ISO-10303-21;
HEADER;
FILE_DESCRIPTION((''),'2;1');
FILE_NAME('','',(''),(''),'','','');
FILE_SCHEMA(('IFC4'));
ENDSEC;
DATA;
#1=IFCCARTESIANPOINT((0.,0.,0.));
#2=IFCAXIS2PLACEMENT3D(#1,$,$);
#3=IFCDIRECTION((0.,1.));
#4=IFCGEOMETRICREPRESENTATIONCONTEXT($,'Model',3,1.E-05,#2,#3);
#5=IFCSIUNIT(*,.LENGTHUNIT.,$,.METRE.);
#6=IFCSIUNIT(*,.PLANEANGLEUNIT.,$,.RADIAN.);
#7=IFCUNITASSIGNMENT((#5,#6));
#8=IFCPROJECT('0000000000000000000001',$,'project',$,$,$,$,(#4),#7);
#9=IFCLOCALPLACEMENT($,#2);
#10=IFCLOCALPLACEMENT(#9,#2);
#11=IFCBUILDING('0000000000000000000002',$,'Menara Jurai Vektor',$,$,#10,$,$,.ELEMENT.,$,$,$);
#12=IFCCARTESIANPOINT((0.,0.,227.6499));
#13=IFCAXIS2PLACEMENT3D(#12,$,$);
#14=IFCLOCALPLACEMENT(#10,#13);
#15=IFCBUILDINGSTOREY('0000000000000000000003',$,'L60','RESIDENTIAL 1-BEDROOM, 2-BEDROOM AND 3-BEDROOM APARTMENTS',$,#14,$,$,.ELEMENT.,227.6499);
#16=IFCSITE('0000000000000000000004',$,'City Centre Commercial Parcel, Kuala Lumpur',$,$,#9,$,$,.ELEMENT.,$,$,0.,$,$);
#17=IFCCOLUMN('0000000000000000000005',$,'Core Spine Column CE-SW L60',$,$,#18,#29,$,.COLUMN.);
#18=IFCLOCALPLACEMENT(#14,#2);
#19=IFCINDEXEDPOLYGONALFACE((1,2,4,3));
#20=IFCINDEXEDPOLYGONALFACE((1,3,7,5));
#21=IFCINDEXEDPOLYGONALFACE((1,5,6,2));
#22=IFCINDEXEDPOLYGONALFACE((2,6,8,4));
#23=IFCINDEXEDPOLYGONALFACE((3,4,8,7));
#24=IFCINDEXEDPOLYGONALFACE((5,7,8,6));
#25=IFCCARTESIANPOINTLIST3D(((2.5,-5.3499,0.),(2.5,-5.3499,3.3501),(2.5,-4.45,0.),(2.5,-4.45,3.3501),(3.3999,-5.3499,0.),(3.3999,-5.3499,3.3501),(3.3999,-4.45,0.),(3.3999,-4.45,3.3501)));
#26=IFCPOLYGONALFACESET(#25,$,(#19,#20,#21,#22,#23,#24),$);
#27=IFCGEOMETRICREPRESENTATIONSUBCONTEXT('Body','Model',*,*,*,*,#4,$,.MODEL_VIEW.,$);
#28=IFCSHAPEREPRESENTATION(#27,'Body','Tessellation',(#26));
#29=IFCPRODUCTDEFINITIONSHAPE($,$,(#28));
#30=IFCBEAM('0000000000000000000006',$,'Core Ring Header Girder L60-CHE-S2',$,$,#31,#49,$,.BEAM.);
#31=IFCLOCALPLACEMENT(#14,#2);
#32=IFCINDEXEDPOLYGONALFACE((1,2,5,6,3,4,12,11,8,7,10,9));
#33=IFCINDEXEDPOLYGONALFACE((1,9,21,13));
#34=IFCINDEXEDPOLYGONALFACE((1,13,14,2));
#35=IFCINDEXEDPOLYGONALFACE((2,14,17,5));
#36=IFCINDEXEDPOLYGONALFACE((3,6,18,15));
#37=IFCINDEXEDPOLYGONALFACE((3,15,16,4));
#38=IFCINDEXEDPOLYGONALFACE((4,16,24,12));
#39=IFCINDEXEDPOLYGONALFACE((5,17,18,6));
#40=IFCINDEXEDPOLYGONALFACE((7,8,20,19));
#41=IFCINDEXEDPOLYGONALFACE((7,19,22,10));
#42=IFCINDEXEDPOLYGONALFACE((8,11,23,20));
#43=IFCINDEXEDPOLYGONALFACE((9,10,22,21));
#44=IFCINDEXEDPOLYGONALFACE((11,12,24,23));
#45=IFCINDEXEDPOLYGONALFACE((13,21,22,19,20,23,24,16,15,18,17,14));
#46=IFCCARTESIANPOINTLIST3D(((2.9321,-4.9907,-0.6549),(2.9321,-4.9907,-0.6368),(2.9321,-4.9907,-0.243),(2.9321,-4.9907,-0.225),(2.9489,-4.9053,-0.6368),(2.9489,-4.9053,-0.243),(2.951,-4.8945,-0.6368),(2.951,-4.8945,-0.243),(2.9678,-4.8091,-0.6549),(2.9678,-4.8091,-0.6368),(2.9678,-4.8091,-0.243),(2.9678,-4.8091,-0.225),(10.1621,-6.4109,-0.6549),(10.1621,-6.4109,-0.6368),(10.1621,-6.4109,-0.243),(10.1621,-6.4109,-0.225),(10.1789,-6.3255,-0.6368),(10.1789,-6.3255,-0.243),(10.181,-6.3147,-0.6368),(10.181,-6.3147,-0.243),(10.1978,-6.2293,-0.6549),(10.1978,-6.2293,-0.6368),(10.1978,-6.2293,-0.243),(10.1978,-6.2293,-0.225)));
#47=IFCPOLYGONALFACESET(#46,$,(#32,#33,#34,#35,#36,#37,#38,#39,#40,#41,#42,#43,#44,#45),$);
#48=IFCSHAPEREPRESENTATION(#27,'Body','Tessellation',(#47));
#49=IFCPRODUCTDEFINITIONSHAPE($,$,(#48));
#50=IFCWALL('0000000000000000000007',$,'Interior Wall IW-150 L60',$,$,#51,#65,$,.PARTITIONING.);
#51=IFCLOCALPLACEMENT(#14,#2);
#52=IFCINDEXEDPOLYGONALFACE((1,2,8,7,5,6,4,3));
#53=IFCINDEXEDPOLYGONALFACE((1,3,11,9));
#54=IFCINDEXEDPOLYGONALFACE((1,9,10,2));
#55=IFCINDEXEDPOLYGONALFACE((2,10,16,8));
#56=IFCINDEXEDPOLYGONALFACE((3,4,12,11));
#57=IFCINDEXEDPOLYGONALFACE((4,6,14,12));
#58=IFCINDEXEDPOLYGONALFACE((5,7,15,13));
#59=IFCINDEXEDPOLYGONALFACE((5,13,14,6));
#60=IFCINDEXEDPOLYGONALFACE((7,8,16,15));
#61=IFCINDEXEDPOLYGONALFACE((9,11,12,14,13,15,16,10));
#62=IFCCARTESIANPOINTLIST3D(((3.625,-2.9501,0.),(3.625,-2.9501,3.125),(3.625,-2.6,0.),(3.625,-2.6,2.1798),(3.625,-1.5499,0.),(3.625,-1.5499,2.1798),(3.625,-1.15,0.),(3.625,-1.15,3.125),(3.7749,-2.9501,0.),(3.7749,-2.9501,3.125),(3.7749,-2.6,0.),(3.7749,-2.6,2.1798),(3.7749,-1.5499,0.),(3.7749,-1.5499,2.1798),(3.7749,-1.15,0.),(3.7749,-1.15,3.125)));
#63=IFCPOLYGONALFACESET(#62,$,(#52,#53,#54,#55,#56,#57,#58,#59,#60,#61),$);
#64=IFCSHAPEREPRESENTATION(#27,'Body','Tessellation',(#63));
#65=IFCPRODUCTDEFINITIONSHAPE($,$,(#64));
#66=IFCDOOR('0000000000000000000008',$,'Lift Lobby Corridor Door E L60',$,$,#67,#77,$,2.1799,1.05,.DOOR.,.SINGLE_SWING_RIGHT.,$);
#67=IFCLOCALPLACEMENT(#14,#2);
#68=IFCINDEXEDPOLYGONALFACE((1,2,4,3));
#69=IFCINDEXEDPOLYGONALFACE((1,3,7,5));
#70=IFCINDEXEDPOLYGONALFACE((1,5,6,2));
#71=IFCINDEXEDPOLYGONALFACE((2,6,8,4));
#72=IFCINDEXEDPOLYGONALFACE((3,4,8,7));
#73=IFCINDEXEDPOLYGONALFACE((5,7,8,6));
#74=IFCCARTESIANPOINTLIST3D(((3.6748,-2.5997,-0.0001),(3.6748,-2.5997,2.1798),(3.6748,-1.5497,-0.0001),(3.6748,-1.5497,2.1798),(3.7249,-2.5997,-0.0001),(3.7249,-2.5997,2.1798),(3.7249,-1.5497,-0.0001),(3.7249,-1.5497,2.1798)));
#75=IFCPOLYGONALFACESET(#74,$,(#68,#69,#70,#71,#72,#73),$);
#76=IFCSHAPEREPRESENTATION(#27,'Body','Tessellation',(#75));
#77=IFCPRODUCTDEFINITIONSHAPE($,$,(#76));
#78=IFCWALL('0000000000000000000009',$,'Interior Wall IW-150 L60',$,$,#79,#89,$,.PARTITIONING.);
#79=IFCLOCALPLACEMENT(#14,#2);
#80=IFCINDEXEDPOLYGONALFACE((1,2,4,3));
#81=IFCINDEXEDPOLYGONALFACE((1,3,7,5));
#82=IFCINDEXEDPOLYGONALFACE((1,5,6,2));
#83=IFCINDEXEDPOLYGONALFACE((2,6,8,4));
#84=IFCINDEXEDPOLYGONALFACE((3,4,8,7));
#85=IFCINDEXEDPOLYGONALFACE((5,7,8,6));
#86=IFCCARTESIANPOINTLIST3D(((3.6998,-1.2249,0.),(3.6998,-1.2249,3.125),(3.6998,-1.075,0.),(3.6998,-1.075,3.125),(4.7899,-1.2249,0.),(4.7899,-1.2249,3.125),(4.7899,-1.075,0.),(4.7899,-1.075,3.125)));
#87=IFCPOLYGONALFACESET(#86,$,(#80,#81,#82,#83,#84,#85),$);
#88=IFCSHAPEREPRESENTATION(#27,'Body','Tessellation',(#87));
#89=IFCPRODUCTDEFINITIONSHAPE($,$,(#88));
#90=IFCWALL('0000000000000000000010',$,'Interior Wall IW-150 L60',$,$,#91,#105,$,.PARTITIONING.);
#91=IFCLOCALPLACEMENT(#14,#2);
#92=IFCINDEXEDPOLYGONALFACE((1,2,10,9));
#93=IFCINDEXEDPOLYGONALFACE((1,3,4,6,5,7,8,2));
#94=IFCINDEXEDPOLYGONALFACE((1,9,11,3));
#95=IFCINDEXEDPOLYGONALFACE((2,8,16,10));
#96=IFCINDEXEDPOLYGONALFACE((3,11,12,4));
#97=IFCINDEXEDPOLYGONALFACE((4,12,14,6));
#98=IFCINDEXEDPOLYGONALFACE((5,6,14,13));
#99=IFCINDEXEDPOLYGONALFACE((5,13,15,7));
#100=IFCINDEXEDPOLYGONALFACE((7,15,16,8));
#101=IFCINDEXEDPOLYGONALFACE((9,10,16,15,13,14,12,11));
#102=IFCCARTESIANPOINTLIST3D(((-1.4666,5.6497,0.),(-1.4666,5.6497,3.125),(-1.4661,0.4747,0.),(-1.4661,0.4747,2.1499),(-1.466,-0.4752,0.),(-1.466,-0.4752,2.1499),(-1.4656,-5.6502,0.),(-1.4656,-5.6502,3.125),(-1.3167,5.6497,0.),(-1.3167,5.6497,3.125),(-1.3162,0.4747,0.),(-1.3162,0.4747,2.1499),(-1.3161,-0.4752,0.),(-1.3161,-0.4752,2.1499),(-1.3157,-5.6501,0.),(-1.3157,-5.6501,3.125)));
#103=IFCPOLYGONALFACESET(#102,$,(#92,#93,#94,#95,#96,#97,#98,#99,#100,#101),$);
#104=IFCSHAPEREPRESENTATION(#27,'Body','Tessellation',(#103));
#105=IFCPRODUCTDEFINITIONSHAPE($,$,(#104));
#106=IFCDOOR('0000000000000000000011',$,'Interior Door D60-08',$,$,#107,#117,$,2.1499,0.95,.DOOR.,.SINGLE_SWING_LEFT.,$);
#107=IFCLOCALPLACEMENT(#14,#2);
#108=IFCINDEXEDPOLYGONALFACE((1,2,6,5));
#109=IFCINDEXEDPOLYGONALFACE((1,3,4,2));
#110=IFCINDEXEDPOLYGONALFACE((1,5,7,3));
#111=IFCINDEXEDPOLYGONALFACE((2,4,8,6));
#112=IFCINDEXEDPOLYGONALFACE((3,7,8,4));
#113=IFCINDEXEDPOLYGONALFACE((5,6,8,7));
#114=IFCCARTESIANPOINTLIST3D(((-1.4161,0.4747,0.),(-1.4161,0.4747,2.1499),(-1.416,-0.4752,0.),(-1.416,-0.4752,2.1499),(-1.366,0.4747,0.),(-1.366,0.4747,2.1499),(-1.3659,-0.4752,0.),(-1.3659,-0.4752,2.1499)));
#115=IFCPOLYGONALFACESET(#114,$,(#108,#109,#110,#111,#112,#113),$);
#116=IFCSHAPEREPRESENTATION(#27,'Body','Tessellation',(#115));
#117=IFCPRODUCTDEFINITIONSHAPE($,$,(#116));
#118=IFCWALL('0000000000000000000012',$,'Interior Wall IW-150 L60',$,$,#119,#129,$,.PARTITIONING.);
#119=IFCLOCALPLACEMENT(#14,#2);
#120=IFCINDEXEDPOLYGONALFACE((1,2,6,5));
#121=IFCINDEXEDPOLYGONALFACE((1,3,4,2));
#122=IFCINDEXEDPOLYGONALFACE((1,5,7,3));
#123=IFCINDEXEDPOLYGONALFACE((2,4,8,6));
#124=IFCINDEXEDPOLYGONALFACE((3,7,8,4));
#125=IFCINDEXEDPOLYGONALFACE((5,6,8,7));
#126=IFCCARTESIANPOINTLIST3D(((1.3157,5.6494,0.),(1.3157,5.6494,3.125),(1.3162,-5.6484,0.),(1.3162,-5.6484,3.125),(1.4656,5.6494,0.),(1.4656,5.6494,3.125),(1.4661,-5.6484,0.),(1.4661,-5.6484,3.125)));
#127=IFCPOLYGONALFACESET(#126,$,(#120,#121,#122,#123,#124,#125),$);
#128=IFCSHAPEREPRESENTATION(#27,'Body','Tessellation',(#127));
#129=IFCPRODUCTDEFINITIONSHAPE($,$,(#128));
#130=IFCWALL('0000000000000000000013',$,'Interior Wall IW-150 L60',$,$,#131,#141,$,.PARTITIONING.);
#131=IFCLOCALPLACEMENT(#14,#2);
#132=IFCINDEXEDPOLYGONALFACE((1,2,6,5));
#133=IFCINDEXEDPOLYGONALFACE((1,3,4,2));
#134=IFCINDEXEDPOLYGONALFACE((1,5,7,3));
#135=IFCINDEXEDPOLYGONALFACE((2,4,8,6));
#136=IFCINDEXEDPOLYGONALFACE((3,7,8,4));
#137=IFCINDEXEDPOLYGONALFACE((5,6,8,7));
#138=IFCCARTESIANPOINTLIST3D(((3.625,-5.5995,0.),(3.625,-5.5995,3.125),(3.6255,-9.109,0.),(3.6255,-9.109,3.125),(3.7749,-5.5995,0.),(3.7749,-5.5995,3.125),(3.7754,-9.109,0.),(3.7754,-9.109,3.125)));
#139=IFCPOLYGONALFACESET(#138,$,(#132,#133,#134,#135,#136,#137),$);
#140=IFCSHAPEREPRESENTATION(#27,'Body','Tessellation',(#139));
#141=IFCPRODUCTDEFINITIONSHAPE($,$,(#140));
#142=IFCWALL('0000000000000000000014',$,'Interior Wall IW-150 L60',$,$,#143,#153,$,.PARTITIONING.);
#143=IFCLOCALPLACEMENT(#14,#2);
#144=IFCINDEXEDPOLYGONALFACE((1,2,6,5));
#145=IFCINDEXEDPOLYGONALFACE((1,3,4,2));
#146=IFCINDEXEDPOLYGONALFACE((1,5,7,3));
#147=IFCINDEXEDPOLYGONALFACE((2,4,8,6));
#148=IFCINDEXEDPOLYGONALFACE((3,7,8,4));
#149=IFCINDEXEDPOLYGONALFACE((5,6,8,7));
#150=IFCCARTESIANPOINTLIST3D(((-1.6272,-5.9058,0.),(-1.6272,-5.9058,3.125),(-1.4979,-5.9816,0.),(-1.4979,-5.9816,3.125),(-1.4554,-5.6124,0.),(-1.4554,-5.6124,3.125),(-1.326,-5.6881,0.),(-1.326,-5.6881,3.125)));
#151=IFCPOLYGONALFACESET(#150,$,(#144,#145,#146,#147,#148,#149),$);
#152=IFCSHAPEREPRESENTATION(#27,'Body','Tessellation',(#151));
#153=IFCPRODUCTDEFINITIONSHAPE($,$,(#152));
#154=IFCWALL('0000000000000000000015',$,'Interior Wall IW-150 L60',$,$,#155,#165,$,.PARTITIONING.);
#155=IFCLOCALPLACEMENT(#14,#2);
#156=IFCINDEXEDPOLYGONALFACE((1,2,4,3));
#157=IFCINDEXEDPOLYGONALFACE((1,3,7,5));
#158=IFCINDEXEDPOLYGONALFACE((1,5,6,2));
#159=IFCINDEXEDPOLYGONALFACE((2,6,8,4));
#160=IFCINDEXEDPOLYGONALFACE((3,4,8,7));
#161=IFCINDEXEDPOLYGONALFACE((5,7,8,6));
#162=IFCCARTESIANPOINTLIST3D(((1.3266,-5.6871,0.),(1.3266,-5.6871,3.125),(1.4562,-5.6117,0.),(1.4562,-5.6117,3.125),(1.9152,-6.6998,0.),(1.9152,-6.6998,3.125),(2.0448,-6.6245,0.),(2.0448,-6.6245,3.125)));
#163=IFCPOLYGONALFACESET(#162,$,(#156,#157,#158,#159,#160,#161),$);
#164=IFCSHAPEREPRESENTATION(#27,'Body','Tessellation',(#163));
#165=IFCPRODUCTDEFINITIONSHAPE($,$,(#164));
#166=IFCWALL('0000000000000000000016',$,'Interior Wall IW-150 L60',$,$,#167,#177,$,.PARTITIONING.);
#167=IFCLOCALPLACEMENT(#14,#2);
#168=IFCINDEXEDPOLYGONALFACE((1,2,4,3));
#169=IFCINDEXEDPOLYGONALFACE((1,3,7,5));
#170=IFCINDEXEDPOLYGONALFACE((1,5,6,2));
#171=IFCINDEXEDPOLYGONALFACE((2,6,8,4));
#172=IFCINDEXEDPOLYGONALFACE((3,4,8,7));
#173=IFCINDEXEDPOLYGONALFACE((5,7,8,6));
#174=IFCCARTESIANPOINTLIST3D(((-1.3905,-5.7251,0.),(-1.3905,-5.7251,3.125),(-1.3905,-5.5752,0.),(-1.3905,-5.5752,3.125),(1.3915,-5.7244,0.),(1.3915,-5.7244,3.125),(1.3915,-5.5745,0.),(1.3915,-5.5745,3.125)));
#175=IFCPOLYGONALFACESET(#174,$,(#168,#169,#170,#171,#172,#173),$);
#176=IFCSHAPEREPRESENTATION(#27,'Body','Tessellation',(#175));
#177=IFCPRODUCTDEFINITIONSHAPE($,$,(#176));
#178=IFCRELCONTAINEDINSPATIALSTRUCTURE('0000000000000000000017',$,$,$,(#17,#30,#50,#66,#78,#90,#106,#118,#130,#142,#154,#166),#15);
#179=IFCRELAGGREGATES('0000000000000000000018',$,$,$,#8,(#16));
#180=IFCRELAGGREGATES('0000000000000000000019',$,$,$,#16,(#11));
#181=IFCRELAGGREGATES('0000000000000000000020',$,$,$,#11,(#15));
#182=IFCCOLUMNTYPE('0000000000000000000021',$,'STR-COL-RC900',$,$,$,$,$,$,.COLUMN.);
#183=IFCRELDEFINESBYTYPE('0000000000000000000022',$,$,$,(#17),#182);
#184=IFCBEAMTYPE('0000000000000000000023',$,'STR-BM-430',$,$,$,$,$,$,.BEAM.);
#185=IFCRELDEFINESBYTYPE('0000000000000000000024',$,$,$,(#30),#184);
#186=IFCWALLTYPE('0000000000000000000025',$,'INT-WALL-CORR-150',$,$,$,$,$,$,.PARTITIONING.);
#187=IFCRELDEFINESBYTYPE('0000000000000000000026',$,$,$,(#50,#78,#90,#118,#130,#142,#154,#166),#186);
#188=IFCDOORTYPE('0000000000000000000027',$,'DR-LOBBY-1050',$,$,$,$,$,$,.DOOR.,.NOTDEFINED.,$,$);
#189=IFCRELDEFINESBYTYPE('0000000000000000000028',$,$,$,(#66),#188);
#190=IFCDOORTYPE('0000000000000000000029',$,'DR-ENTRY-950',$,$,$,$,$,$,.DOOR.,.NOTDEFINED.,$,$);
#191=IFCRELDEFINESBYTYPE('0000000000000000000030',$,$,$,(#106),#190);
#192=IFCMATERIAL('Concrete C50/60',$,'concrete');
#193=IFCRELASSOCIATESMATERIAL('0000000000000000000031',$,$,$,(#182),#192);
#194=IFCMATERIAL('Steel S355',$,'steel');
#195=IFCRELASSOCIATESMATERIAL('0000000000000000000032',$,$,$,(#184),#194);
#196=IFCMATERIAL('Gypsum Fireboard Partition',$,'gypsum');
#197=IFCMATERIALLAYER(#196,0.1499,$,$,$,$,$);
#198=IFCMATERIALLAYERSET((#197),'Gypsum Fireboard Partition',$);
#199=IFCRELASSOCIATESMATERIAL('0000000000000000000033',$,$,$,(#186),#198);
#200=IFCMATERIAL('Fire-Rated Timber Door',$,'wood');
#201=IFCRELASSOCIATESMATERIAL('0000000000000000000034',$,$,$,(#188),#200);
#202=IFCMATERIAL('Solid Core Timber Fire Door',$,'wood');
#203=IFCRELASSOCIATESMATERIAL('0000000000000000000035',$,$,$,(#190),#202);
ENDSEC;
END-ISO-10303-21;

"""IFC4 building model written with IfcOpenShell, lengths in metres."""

from ifc_helpers import new_model, si_unit, direction, frame, frame_2d, origin, origin_2d, place, context, subcontext, project, spatial, rectangle, i_section, extrude, material, layer, layer_set, material_profile, profile_set, type_object, element, fill, save


model = new_model("IFC4")

# Units and contexts
model_context = context("Model", 3, precision=1e-05, world=origin(), true_north=direction((0.0, 1.0)))
body_context = subcontext(model_context, "Body", "Model", "MODEL_VIEW")
ifc_project = project(units=[si_unit("LENGTHUNIT", "METRE"), si_unit("PLANEANGLEUNIT", "RADIAN")], contexts=[model_context])

# Site, building, storey
site_placement = place(None, origin())
site = spatial("IfcSite", under=ifc_project, at=site_placement, Name="City Centre Commercial Parcel, Kuala Lumpur", CompositionType="ELEMENT", RefElevation=0.0)
building_placement = place(site_placement, origin())
building = spatial("IfcBuilding", under=site, at=building_placement, Name="Menara Jurai Vektor", CompositionType="ELEMENT")
storey_placement = place(building_placement, frame((0.0, 0.0, 227.6499)))
storey = spatial("IfcBuildingStorey", under=building, at=storey_placement, Name="L60", Description="RESIDENTIAL 1-BEDROOM, 2-BEDROOM AND 3-BEDROOM APARTMENTS", CompositionType="ELEMENT", Elevation=227.6499)

# Column
ifc_material_1 = material(Name="Concrete C50/60", Category="concrete")
ifc_material_profile_1 = material_profile(ifc_material_1, rectangle(XDim=0.8999, YDim=0.8999, at=origin_2d()), Name="RC 900x900")
ifc_profile_set_1 = profile_set([ifc_material_profile_1], Name="Concrete C50/60")
column_type = type_object("IfcColumnType", Name="STR-COL-RC900", PredefinedType="COLUMN", material=ifc_profile_set_1)
column_placement = place(storey_placement, frame((2.95, -4.8999, 0.0), z_axis=(0.0, 0.0, 1.0), x_axis=(1.0, 0.0, 0.0)))
element("IfcColumn", 1, at=column_placement, inside=storey, type_object=column_type, Name="Core Spine Column CE-SW L60", PredefinedType="COLUMN", context=body_context, shape_type="SweptSolid", body=[
    extrude(rectangle(XDim=0.8999, YDim=0.8999, at=origin_2d()), origin(), (0.0, 0.0, 1.0), 3.3501),
])

# Beam
ifc_material_2 = material(Name="Steel S355", Category="steel")
ifc_material_profile_2 = material_profile(ifc_material_2, i_section(OverallWidth=0.1851, OverallDepth=0.4299, WebThickness=0.011, FlangeThickness=0.0181, at=origin_2d()), Name="PG 430x185x76")
ifc_profile_set_2 = profile_set([ifc_material_profile_2], Name="Steel S355")
beam_type = type_object("IfcBeamType", Name="STR-BM-430", PredefinedType="BEAM", material=ifc_profile_set_2)
beam_placement = place(storey_placement, frame((2.95, -4.8999, -0.4399), z_axis=(0.981249, -0.192744, 0.0), x_axis=(0.192744, 0.981249, 0.0)))
element("IfcBeam", 2, at=beam_placement, inside=storey, type_object=beam_type, Name="Core Ring Header Girder L60-CHE-S2", PredefinedType="BEAM", context=body_context, shape_type="SweptSolid", body=[
    extrude(i_section(OverallWidth=0.1851, OverallDepth=0.4299, WebThickness=0.011, FlangeThickness=0.0181, at=origin_2d()), origin(), (0.0, 0.0, 1.0), 7.3682),
])

# Wall, opening, door
ifc_material_3 = material(Name="Gypsum Fireboard Partition", Category="gypsum")
ifc_layer_1 = layer(ifc_material_3, 0.1499)
ifc_layer_set_1 = layer_set([ifc_layer_1], Name="Gypsum Fireboard Partition")
wall_type_1 = type_object("IfcWallType", Name="INT-WALL-CORR-150", PredefinedType="PARTITIONING", material=ifc_layer_set_1)
wall_1_placement = place(storey_placement, frame((3.7, -2.95, 0.0), z_axis=(0.0, 0.0, 1.0), x_axis=(0.0, 1.0, 0.0)))
wall_1 = element("IfcWall", 3, at=wall_1_placement, inside=storey, type_object=wall_type_1, Name="Interior Wall IW-150 L60", PredefinedType="PARTITIONING", context=body_context, shape_type="SweptSolid", body=[
    extrude(rectangle(XDim=1.8, YDim=0.1499, at=frame_2d((0.8999, 0.0))), origin(), (0.0, 0.0, 1.0), 3.125),
])
opening_1_placement = place(wall_1_placement, frame((0.3501, 0.0, 0.0)))
opening_1 = element("IfcOpeningElement", 4, at=opening_1_placement, cuts=wall_1, PredefinedType="OPENING", context=body_context, shape_type="SweptSolid", body=[
    extrude(rectangle(XDim=1.05, YDim=2.1799, at=frame_2d((0.5249, 1.0898))), frame((0.0, 0.085, 0.0), z_axis=(0.0, -1.0, 0.0), x_axis=(1.0, 0.0, 0.0)), (0.0, 0.0, 1.0), 0.1699),
])
ifc_material_4 = material(Name="Fire-Rated Timber Door", Category="wood")
door_type_1 = type_object("IfcDoorType", Name="DR-LOBBY-1050", OperationType="NOTDEFINED", PredefinedType="DOOR", material=ifc_material_4)
door_1_placement = place(opening_1_placement, frame((1.05, 0.0, 0.0), z_axis=(0.0, 0.0, 1.0), x_axis=(-1.0, 0.0, 0.0)))
door_1 = element("IfcDoor", 5, at=door_1_placement, inside=storey, type_object=door_type_1, Name="Lift Lobby Corridor Door E L60", OperationType="SINGLE_SWING_RIGHT", OverallHeight=2.1799, OverallWidth=1.05, PredefinedType="DOOR", context=body_context, shape_type="SweptSolid", body=[
    extrude(rectangle(XDim=1.05, YDim=2.1799, at=frame_2d((0.5249, 1.0898))), frame((0.0, 0.0249, 0.0), z_axis=(0.0, -1.0, 0.0), x_axis=(1.0, 0.0, 0.0)), (0.0, 0.0, 1.0), 0.05),
])
fill(opening_1, door_1)

# Wall
wall_2_placement = place(storey_placement, frame((3.7, -1.1499, 0.0), z_axis=(0.0, 0.0, 1.0), x_axis=(1.0, 0.0, 0.0)))
element("IfcWall", 6, at=wall_2_placement, inside=storey, type_object=wall_type_1, Name="Interior Wall IW-150 L60", PredefinedType="PARTITIONING", context=body_context, shape_type="SweptSolid", body=[
    extrude(rectangle(XDim=1.0901, YDim=0.1499, at=frame_2d((0.5449, 0.0))), origin(), (0.0, 0.0, 1.0), 3.125),
])

# Wall, opening, door
wall_3_placement = place(storey_placement, frame((-1.3906, -5.6501, 0.0), z_axis=(0.0, 0.0, 1.0), x_axis=(-0.000086, 1.0, 0.0)))
wall_3 = element("IfcWall", 7, at=wall_3_placement, inside=storey, type_object=wall_type_1, Name="Interior Wall IW-150 L60", PredefinedType="PARTITIONING", context=body_context, shape_type="SweptSolid", body=[
    extrude(rectangle(XDim=11.2998, YDim=0.1499, at=frame_2d((5.6499, 0.0))), origin(), (0.0, 0.0, 1.0), 3.125),
])
opening_2_placement = place(wall_3_placement, frame((5.1748, 0.0, 0.0)))
opening_2 = element("IfcOpeningElement", 8, at=opening_2_placement, cuts=wall_3, PredefinedType="OPENING", context=body_context, shape_type="SweptSolid", body=[
    extrude(rectangle(XDim=0.95, YDim=2.1499, at=frame_2d((0.4751, 1.075))), frame((0.0, 0.085, 0.0), z_axis=(0.0, -1.0, 0.0), x_axis=(1.0, 0.0, 0.0)), (0.0, 0.0, 1.0), 0.1699),
])
ifc_material_5 = material(Name="Solid Core Timber Fire Door", Category="wood")
door_type_2 = type_object("IfcDoorType", Name="DR-ENTRY-950", OperationType="NOTDEFINED", PredefinedType="DOOR", material=ifc_material_5)
door_2_placement = place(opening_2_placement, origin())
door_2 = element("IfcDoor", 9, at=door_2_placement, inside=storey, type_object=door_type_2, Name="Interior Door D60-08", OperationType="SINGLE_SWING_LEFT", OverallHeight=2.1499, OverallWidth=0.95, PredefinedType="DOOR", context=body_context, shape_type="SweptSolid", body=[
    extrude(rectangle(XDim=0.95, YDim=2.1499, at=frame_2d((0.4751, 1.075))), frame((0.0, 0.0249, 0.0), z_axis=(0.0, -1.0, 0.0), x_axis=(1.0, 0.0, 0.0)), (0.0, 0.0, 1.0), 0.05),
])
fill(opening_2, door_2)

# Walls
wall_4_placement = place(storey_placement, frame((1.3911, -5.6484, 0.0), z_axis=(0.0, 0.0, 1.0), x_axis=(-0.000043, 1.0, 0.0)))
element("IfcWall", 10, at=wall_4_placement, inside=storey, type_object=wall_type_1, Name="Interior Wall IW-150 L60", PredefinedType="PARTITIONING", context=body_context, shape_type="SweptSolid", body=[
    extrude(rectangle(XDim=11.2979, YDim=0.1499, at=frame_2d((5.6489, 0.0))), origin(), (0.0, 0.0, 1.0), 3.125),
])
wall_5_placement = place(storey_placement, frame((3.7004, -9.1091, 0.0), z_axis=(0.0, 0.0, 1.0), x_axis=(-0.000139, 1.0, 0.0)))
element("IfcWall", 11, at=wall_5_placement, inside=storey, type_object=wall_type_1, Name="Interior Wall IW-150 L60", PredefinedType="PARTITIONING", context=body_context, shape_type="SweptSolid", body=[
    extrude(rectangle(XDim=3.5095, YDim=0.1499, at=frame_2d((1.7549, 0.0))), origin(), (0.0, 0.0, 1.0), 3.125),
])
wall_6_placement = place(storey_placement, frame((-1.5625, -5.9436, 0.0), z_axis=(0.0, 0.0, 1.0), x_axis=(0.505388, 0.862892, 0.0)))
element("IfcWall", 12, at=wall_6_placement, inside=storey, type_object=wall_type_1, Name="Interior Wall IW-150 L60", PredefinedType="PARTITIONING", context=body_context, shape_type="SweptSolid", body=[
    extrude(rectangle(XDim=0.3401, YDim=0.1499, at=frame_2d((0.1699, 0.0))), origin(), (0.0, 0.0, 1.0), 3.125),
])

# Walls
wall_7_placement = place(storey_placement, frame((1.3914, -5.6494, 0.0), z_axis=(0.0, 0.0, 1.0), x_axis=(0.502523, -0.864564, 0.0)))
element("IfcWall", 13, at=wall_7_placement, inside=storey, type_object=wall_type_1, Name="Interior Wall IW-150 L60", PredefinedType="PARTITIONING", context=body_context, shape_type="SweptSolid", body=[
    extrude(rectangle(XDim=1.1714, YDim=0.1499, at=frame_2d((0.5857, 0.0))), origin(), (0.0, 0.0, 1.0), 3.125),
])
wall_8_placement = place(storey_placement, frame((-1.3906, -5.6501, 0.0), z_axis=(0.0, 0.0, 1.0), x_axis=(1.0, 0.000263, 0.0)))
element("IfcWall", 14, at=wall_8_placement, inside=storey, type_object=wall_type_1, Name="Interior Wall IW-150 L60", PredefinedType="PARTITIONING", context=body_context, shape_type="SweptSolid", body=[
    extrude(rectangle(XDim=2.782, YDim=0.1499, at=frame_2d((1.3911, 0.0))), origin(), (0.0, 0.0, 1.0), 3.125),
])

save(model, "model.ifc")
